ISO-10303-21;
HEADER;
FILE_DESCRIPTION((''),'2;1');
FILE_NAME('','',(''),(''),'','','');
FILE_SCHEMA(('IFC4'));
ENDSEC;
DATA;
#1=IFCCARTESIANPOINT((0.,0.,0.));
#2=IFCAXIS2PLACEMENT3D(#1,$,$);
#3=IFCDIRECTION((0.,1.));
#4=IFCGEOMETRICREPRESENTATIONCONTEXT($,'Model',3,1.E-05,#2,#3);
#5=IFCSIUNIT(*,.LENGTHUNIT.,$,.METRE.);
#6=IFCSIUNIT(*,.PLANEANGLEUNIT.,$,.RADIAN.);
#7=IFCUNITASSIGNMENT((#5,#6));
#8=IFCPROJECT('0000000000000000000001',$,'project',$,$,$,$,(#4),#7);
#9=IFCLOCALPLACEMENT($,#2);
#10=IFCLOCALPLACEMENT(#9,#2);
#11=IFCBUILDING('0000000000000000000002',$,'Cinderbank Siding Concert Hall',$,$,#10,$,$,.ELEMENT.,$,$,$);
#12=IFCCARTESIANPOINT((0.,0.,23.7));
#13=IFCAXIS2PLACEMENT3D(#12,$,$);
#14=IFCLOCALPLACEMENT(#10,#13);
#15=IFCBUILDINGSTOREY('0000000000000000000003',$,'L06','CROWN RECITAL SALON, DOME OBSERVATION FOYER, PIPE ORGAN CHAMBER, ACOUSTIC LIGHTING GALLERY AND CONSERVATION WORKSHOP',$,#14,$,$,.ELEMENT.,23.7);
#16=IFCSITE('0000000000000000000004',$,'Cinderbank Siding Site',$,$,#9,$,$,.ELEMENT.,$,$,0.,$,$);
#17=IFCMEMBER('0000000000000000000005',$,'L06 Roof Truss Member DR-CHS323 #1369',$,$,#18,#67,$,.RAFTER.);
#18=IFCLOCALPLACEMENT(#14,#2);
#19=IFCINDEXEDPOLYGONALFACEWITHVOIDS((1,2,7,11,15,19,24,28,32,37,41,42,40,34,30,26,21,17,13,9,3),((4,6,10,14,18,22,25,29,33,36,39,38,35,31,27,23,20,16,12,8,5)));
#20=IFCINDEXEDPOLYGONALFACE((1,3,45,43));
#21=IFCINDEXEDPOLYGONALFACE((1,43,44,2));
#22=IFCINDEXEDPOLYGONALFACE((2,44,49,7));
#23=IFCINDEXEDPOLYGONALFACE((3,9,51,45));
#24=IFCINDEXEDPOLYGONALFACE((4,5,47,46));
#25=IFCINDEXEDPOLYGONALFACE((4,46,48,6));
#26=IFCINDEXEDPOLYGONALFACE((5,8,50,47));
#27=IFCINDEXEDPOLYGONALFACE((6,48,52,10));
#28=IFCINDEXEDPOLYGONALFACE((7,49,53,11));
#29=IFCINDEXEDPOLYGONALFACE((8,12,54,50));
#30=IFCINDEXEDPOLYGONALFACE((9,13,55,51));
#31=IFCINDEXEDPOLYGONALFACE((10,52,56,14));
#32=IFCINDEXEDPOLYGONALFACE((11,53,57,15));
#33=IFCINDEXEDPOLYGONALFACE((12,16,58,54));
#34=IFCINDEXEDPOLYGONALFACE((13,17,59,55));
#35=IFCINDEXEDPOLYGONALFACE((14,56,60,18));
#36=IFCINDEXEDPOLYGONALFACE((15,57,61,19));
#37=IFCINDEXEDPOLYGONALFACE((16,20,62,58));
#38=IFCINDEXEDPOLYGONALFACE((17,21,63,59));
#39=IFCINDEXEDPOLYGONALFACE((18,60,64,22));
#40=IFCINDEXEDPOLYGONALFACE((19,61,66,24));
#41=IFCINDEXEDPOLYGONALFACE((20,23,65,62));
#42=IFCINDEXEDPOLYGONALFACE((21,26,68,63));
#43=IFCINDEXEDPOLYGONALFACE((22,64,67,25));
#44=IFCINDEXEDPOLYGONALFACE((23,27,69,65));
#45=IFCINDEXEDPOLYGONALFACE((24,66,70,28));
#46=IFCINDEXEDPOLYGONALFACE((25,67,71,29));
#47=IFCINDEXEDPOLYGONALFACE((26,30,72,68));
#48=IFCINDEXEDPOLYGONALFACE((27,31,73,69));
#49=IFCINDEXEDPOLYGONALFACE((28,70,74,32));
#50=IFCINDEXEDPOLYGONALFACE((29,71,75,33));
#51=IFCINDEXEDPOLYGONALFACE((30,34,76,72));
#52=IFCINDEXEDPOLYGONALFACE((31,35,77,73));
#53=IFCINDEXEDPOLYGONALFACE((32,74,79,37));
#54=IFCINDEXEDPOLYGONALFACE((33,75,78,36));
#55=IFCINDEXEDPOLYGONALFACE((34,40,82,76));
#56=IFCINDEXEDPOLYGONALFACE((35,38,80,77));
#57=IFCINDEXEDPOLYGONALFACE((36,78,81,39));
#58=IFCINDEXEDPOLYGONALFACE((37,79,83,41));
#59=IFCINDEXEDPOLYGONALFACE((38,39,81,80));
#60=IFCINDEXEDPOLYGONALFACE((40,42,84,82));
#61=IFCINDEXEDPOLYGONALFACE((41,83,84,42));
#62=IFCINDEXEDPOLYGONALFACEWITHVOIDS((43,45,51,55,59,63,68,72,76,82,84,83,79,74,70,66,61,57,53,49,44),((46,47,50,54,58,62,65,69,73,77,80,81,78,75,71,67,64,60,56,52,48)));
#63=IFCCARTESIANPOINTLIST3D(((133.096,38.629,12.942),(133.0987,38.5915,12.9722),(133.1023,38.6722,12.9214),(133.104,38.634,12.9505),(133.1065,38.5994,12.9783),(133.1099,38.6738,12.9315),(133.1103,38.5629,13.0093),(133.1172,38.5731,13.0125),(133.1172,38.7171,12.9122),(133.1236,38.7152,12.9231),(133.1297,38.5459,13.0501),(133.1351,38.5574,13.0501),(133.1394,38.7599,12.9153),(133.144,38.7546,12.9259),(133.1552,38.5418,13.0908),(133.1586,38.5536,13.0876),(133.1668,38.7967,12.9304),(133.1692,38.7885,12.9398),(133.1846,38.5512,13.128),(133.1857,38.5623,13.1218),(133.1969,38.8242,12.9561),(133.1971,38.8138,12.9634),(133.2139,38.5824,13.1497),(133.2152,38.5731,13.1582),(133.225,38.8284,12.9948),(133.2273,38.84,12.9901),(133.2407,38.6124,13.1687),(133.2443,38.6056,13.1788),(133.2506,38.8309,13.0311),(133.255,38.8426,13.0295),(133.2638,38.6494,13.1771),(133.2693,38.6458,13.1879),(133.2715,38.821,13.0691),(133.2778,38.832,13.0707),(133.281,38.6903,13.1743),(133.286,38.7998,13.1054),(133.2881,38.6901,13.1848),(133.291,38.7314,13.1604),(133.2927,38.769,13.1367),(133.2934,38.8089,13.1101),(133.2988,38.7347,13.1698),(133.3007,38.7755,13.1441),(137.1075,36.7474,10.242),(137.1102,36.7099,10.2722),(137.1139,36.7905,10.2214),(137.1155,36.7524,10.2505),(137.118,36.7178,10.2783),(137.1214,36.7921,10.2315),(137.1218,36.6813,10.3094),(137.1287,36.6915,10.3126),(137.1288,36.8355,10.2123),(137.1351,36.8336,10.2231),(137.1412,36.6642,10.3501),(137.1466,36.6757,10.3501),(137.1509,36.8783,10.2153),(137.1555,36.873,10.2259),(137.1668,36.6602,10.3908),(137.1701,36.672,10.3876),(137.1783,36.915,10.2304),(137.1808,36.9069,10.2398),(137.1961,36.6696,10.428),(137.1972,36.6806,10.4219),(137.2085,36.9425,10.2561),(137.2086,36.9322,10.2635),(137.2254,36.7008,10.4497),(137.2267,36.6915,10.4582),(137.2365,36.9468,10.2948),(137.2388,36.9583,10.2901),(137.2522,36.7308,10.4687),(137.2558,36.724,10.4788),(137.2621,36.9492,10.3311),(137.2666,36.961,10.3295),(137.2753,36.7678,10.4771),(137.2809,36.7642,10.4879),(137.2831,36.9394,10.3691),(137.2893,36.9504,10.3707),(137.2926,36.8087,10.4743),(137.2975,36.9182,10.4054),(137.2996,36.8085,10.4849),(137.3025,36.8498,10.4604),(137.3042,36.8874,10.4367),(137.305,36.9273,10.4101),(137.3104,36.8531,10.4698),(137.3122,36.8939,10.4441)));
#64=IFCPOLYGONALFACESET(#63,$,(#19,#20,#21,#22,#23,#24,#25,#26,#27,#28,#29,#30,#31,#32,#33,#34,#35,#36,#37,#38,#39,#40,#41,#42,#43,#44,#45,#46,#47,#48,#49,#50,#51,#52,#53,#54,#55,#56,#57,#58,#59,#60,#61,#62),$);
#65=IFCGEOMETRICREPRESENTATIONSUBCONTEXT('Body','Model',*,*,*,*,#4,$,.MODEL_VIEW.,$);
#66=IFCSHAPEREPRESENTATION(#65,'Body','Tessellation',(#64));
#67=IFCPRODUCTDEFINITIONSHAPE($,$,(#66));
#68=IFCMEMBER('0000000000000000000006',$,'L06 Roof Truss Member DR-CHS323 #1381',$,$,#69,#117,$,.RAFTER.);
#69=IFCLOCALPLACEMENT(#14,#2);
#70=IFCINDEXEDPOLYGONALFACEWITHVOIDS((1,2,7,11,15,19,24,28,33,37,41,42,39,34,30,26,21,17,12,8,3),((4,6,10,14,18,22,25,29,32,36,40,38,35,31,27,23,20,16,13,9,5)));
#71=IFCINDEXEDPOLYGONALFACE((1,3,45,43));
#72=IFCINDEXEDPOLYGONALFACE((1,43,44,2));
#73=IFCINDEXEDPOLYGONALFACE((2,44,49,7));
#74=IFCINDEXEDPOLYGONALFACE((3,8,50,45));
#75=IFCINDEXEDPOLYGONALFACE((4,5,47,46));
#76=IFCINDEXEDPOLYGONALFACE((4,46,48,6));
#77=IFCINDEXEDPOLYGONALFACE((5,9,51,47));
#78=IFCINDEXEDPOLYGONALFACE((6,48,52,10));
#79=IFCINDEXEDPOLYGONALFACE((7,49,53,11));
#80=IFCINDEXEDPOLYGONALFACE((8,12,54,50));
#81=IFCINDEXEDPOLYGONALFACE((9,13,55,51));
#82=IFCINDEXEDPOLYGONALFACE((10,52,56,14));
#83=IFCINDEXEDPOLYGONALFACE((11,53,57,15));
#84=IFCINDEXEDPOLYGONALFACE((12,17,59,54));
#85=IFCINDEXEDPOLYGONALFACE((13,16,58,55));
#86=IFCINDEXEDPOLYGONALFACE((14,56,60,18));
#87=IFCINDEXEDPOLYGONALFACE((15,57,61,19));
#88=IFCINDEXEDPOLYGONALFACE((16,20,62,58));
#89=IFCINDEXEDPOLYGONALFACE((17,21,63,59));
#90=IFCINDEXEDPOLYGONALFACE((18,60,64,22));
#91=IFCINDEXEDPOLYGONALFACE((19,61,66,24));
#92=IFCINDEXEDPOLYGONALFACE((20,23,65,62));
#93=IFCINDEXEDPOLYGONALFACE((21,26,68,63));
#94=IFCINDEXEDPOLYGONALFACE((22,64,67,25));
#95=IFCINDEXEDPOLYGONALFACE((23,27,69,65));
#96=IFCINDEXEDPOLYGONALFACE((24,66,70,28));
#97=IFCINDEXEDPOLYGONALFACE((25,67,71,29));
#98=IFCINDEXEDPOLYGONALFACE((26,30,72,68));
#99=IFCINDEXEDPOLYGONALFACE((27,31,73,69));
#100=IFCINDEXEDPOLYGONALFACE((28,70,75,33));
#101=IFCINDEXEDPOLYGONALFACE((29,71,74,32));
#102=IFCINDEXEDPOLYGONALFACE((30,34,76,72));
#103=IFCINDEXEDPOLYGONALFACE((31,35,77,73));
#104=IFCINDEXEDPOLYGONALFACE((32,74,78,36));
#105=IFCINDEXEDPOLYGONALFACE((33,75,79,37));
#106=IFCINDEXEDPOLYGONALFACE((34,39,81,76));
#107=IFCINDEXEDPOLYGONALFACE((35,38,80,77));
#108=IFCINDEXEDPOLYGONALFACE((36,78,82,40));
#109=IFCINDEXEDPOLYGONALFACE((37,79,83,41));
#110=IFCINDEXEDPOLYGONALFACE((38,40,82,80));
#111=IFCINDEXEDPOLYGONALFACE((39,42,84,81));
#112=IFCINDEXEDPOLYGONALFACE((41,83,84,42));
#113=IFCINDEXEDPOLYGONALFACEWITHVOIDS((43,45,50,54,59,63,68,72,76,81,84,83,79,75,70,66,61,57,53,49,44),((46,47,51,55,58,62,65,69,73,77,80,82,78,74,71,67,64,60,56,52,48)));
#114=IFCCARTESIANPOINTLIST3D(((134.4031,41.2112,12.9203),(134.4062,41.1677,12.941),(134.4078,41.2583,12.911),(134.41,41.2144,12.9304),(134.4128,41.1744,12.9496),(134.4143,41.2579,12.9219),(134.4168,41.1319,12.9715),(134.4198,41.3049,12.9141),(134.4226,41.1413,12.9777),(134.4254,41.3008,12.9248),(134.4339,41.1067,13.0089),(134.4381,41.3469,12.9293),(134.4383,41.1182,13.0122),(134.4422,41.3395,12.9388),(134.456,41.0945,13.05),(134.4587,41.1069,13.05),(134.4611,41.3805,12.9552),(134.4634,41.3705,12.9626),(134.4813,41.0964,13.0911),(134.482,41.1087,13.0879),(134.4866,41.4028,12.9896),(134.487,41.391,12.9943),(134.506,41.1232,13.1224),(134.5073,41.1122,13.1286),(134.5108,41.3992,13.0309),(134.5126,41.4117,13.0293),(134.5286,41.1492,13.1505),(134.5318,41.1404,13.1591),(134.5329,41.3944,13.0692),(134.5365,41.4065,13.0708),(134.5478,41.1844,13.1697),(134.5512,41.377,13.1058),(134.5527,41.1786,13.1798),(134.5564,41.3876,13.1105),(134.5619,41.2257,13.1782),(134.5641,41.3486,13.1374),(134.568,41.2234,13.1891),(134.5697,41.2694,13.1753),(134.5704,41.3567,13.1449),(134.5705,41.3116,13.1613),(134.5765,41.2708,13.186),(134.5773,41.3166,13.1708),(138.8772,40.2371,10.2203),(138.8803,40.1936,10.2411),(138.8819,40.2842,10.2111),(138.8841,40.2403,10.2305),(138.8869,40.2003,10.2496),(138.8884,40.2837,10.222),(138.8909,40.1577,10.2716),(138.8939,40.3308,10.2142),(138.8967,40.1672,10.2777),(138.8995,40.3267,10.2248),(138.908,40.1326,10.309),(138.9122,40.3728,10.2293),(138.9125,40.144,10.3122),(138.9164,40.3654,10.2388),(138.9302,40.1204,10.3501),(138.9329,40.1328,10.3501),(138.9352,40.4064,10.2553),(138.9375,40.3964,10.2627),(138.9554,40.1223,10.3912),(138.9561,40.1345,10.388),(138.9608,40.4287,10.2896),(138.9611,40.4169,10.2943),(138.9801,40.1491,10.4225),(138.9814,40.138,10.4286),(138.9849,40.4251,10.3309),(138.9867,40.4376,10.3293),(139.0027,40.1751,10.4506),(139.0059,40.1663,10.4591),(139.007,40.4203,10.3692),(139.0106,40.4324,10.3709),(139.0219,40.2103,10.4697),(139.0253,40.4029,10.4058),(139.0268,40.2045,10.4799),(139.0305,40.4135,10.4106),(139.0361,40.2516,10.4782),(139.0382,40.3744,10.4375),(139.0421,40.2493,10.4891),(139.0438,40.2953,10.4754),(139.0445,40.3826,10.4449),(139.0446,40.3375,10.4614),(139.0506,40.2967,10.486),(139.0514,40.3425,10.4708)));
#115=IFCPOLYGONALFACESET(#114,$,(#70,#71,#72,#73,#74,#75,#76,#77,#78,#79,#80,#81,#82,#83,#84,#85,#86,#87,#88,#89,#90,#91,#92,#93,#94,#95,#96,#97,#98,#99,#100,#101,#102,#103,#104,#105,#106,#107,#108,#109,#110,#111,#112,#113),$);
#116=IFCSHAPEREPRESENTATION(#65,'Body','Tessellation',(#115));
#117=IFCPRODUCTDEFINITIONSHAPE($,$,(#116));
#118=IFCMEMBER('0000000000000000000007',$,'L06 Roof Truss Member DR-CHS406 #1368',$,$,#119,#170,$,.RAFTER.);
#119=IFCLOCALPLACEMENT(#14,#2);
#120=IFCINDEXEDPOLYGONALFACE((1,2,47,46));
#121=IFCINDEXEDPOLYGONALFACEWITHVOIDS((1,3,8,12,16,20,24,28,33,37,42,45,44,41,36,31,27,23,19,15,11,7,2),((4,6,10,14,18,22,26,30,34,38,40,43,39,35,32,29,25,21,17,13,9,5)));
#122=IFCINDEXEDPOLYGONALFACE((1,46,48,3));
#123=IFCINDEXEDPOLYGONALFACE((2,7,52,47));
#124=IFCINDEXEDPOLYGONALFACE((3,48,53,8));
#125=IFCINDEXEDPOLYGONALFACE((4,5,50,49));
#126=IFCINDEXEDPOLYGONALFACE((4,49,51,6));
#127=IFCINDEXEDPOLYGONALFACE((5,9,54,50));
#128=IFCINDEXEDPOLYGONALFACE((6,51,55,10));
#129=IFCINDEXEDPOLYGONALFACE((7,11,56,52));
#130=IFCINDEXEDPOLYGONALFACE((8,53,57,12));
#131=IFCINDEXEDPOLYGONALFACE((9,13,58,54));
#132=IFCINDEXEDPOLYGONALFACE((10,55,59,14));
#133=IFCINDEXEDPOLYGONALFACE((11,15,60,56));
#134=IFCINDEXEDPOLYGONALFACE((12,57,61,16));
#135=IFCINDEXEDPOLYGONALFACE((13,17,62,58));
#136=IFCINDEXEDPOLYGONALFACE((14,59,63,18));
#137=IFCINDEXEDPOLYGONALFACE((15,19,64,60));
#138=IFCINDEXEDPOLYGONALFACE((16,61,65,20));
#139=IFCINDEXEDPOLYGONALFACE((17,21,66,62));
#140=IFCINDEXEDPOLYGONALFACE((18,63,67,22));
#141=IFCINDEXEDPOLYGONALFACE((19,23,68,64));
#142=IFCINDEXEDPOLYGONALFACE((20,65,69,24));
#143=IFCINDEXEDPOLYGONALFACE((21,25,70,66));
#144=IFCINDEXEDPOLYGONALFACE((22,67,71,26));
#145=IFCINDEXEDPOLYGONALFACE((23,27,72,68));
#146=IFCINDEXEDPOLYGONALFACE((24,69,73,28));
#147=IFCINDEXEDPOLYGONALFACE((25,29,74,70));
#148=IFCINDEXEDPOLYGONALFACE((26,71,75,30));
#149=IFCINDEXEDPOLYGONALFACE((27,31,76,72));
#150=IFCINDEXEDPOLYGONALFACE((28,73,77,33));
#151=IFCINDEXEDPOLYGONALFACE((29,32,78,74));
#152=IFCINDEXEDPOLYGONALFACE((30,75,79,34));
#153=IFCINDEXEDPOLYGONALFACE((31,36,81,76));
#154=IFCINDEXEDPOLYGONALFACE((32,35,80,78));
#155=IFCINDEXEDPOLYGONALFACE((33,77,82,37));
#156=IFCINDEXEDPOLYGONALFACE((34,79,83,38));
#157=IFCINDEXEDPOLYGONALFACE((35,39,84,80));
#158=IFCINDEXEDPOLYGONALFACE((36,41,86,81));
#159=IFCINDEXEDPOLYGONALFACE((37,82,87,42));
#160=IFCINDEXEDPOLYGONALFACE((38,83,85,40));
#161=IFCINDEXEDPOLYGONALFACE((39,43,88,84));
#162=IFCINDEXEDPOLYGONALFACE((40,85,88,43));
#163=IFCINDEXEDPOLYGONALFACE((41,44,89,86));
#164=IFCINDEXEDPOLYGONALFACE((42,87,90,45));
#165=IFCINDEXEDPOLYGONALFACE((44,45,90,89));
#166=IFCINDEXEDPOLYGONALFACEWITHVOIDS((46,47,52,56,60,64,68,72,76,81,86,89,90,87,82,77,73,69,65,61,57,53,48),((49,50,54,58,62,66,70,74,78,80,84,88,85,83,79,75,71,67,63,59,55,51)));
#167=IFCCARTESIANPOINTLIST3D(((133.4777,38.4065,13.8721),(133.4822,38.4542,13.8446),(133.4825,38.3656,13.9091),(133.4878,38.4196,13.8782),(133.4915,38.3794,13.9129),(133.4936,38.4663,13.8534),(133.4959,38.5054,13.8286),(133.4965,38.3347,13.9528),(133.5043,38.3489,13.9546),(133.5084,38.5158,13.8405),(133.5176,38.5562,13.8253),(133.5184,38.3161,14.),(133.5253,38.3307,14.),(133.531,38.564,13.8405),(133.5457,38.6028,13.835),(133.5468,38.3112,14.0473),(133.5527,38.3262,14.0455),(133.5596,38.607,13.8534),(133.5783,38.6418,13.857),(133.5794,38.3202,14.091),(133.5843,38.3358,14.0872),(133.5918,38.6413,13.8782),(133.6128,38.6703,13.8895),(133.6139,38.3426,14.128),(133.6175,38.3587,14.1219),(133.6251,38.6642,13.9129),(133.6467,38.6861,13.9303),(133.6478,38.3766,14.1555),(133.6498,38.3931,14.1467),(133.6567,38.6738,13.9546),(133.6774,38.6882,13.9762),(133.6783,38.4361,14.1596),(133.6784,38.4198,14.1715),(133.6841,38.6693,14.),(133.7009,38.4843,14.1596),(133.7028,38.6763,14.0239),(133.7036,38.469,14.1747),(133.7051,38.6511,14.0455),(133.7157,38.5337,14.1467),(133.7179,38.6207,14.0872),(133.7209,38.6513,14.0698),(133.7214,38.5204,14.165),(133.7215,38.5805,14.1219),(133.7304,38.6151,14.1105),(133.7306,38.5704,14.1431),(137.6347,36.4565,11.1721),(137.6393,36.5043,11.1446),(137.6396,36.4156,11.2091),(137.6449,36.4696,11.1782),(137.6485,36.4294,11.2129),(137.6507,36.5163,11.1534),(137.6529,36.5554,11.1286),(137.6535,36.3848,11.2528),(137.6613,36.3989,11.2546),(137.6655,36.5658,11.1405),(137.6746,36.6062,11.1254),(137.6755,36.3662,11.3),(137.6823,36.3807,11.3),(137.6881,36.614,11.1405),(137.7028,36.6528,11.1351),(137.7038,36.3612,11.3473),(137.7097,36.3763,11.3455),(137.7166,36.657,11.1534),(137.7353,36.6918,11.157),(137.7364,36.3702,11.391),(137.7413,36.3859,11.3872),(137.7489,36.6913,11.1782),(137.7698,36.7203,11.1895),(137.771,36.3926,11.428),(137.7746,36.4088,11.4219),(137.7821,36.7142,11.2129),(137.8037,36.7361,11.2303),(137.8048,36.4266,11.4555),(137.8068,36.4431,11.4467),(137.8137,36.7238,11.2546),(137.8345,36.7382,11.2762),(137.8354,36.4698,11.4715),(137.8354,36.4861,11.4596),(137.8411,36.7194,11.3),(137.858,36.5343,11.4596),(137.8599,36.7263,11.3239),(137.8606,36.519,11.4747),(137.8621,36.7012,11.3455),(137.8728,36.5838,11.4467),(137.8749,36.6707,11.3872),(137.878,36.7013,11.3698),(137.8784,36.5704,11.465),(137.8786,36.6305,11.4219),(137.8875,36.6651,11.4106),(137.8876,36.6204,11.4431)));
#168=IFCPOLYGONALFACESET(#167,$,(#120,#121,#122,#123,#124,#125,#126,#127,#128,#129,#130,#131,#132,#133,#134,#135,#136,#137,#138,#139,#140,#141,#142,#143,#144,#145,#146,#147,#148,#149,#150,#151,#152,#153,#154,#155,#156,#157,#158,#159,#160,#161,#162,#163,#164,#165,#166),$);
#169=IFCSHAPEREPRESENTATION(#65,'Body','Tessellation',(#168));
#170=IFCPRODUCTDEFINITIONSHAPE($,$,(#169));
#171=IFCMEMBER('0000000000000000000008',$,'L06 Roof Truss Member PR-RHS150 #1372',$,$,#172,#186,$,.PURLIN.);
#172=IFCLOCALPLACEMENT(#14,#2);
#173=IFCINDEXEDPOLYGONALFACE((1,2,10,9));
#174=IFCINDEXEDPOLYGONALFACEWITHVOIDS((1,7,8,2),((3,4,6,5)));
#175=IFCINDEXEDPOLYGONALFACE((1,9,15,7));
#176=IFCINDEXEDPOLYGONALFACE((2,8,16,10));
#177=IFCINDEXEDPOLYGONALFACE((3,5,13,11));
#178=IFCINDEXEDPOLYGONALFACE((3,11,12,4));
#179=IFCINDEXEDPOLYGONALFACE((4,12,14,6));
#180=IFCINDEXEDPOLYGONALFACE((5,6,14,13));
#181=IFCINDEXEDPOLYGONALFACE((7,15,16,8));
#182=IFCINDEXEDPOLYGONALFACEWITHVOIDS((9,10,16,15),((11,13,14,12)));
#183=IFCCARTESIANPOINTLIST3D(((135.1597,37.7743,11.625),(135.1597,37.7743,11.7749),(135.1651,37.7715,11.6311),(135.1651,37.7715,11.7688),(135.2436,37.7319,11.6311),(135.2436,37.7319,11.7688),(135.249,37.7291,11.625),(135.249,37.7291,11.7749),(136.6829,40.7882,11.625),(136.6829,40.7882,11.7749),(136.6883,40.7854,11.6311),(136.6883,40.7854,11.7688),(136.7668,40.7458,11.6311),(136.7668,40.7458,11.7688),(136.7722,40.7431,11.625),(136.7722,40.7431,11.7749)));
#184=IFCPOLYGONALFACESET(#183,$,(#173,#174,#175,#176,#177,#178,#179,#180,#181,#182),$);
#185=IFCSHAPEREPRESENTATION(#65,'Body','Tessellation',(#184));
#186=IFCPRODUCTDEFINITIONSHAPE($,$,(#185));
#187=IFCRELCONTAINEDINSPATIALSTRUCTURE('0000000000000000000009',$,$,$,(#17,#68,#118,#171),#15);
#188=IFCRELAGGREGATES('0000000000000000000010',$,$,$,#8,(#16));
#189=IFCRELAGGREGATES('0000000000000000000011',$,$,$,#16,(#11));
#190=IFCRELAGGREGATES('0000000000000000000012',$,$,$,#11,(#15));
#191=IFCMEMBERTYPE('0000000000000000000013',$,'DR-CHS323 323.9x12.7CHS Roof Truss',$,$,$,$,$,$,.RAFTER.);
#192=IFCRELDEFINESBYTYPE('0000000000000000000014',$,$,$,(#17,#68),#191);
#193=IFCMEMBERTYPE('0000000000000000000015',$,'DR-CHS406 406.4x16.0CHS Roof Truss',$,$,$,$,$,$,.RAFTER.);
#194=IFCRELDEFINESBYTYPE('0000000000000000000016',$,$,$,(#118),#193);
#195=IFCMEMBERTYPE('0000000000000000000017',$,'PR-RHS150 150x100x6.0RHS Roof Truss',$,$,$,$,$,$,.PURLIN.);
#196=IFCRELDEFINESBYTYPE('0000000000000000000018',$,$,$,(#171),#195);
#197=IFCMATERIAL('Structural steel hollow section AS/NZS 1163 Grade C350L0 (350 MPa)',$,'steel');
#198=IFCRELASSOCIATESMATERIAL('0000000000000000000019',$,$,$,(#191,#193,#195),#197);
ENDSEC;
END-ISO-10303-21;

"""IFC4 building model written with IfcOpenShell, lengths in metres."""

from ifc_helpers import new_model, si_unit, direction, frame, origin, origin_2d, place, context, subcontext, project, spatial, hollow_rectangle, hollow_circle, extrude, material, material_profile, profile_set, type_object, element, save


model = new_model("IFC4")

# Units and contexts
model_context = context("Model", 3, precision=1e-05, world=origin(), true_north=direction((0.0, 1.0)))
body_context = subcontext(model_context, "Body", "Model", "MODEL_VIEW")
ifc_project = project(units=[si_unit("LENGTHUNIT", "METRE"), si_unit("PLANEANGLEUNIT", "RADIAN")], contexts=[model_context])

# Site, building, storey
site_placement = place(None, origin())
site = spatial("IfcSite", under=ifc_project, at=site_placement, Name="Cinderbank Siding Site", CompositionType="ELEMENT", RefElevation=0.0)
building_placement = place(site_placement, origin())
building = spatial("IfcBuilding", under=site, at=building_placement, Name="Cinderbank Siding Concert Hall", CompositionType="ELEMENT")
storey_placement = place(building_placement, frame((0.0, 0.0, 23.7)))
storey = spatial("IfcBuildingStorey", under=building, at=storey_placement, Name="L06", Description="CROWN RECITAL SALON, DOME OBSERVATION FOYER, PIPE ORGAN CHAMBER, ACOUSTIC LIGHTING GALLERY AND CONSERVATION WORKSHOP", CompositionType="ELEMENT", Elevation=23.7)

# Members
ifc_material_1 = material(Name="Structural steel hollow section AS/NZS 1163 Grade C350L0 (350 MPa)", Category="steel")
ifc_material_profile_1 = material_profile(ifc_material_1, hollow_circle(Radius=0.1619, WallThickness=0.0127, at=origin_2d()), Name="323.9x12.7CHS", Category="LoadBearing")
ifc_profile_set_1 = profile_set([ifc_material_profile_1], Name="Structural steel hollow section AS/NZS 1163 Grade C350L0 (350 MPa)")
member_type_1 = type_object("IfcMemberType", Name="DR-CHS323 323.9x12.7CHS Roof Truss", PredefinedType="RAFTER", material=ifc_profile_set_1)
member_1_placement = place(storey_placement, frame((137.21, 36.8108, 10.3501), z_axis=(-0.773125, 0.362636, 0.520358), x_axis=(-0.424658, -0.905354, 0.0)))
element("IfcMember", 1, at=member_1_placement, inside=storey, type_object=member_type_1, Name="L06 Roof Truss Member DR-CHS323 #1369", PredefinedType="RAFTER", context=body_context, shape_type="SweptSolid", body=[
    extrude(hollow_circle(Radius=0.1619, WallThickness=0.0127, at=origin_2d()), origin(), (0.0, 0.0, 1.0), 5.1887),
])
member_2_placement = place(storey_placement, frame((138.9646, 40.2786, 10.3501), z_axis=(-0.841684, 0.183254, 0.507922), x_axis=(-0.21274, -0.977109, 0.0)))
element("IfcMember", 2, at=member_2_placement, inside=storey, type_object=member_type_1, Name="L06 Roof Truss Member DR-CHS323 #1381", PredefinedType="RAFTER", context=body_context, shape_type="SweptSolid", body=[
    extrude(hollow_circle(Radius=0.1619, WallThickness=0.0127, at=origin_2d()), origin(), (0.0, 0.0, 1.0), 5.3157),
])
ifc_material_profile_2 = material_profile(ifc_material_1, hollow_circle(Radius=0.2031, WallThickness=0.0161, at=origin_2d()), Name="406.4x16.0CHS", Category="LoadBearing")
ifc_profile_set_2 = profile_set([ifc_material_profile_2], Name="Structural steel hollow section AS/NZS 1163 Grade C350L0 (350 MPa)")
member_type_2 = type_object("IfcMemberType", Name="DR-CHS406 406.4x16.0CHS Roof Truss", PredefinedType="RAFTER", material=ifc_profile_set_2)
member_3_placement = place(storey_placement, frame((137.7617, 36.55, 11.3), z_axis=(-0.780421, 0.366079, 0.506882), x_axis=(-0.424678, -0.905345, 0.0)))
element("IfcMember", 3, at=member_3_placement, inside=storey, type_object=member_type_2, Name="L06 Roof Truss Member DR-CHS406 #1368", PredefinedType="RAFTER", context=body_context, shape_type="SweptSolid", body=[
    extrude(hollow_circle(Radius=0.2031, WallThickness=0.0161, at=origin_2d()), origin(), (0.0, 0.0, 1.0), 5.3267),
])
ifc_material_profile_3 = material_profile(ifc_material_1, hollow_rectangle(XDim=0.1001, YDim=0.1499, WallThickness=0.0061, at=origin_2d()), Name="150x100x6.0RHS", Category="LoadBearing")
ifc_profile_set_3 = profile_set([ifc_material_profile_3], Name="Structural steel hollow section AS/NZS 1163 Grade C350L0 (350 MPa)")
member_type_3 = type_object("IfcMemberType", Name="PR-RHS150 150x100x6.0RHS Roof Truss", PredefinedType="PURLIN", material=ifc_profile_set_3)
member_4_placement = place(storey_placement, frame((135.2043, 37.7517, 11.7), z_axis=(0.451056, 0.892496, 0.0), x_axis=(-0.892496, 0.451056, 0.0)))
element("IfcMember", 4, at=member_4_placement, inside=storey, type_object=member_type_3, Name="L06 Roof Truss Member PR-RHS150 #1372", PredefinedType="PURLIN", context=body_context, shape_type="SweptSolid", body=[
    extrude(hollow_rectangle(XDim=0.1001, YDim=0.1499, WallThickness=0.0061, at=origin_2d()), origin(), (0.0, 0.0, 1.0), 3.377),
])

save(model, "model.ifc")
